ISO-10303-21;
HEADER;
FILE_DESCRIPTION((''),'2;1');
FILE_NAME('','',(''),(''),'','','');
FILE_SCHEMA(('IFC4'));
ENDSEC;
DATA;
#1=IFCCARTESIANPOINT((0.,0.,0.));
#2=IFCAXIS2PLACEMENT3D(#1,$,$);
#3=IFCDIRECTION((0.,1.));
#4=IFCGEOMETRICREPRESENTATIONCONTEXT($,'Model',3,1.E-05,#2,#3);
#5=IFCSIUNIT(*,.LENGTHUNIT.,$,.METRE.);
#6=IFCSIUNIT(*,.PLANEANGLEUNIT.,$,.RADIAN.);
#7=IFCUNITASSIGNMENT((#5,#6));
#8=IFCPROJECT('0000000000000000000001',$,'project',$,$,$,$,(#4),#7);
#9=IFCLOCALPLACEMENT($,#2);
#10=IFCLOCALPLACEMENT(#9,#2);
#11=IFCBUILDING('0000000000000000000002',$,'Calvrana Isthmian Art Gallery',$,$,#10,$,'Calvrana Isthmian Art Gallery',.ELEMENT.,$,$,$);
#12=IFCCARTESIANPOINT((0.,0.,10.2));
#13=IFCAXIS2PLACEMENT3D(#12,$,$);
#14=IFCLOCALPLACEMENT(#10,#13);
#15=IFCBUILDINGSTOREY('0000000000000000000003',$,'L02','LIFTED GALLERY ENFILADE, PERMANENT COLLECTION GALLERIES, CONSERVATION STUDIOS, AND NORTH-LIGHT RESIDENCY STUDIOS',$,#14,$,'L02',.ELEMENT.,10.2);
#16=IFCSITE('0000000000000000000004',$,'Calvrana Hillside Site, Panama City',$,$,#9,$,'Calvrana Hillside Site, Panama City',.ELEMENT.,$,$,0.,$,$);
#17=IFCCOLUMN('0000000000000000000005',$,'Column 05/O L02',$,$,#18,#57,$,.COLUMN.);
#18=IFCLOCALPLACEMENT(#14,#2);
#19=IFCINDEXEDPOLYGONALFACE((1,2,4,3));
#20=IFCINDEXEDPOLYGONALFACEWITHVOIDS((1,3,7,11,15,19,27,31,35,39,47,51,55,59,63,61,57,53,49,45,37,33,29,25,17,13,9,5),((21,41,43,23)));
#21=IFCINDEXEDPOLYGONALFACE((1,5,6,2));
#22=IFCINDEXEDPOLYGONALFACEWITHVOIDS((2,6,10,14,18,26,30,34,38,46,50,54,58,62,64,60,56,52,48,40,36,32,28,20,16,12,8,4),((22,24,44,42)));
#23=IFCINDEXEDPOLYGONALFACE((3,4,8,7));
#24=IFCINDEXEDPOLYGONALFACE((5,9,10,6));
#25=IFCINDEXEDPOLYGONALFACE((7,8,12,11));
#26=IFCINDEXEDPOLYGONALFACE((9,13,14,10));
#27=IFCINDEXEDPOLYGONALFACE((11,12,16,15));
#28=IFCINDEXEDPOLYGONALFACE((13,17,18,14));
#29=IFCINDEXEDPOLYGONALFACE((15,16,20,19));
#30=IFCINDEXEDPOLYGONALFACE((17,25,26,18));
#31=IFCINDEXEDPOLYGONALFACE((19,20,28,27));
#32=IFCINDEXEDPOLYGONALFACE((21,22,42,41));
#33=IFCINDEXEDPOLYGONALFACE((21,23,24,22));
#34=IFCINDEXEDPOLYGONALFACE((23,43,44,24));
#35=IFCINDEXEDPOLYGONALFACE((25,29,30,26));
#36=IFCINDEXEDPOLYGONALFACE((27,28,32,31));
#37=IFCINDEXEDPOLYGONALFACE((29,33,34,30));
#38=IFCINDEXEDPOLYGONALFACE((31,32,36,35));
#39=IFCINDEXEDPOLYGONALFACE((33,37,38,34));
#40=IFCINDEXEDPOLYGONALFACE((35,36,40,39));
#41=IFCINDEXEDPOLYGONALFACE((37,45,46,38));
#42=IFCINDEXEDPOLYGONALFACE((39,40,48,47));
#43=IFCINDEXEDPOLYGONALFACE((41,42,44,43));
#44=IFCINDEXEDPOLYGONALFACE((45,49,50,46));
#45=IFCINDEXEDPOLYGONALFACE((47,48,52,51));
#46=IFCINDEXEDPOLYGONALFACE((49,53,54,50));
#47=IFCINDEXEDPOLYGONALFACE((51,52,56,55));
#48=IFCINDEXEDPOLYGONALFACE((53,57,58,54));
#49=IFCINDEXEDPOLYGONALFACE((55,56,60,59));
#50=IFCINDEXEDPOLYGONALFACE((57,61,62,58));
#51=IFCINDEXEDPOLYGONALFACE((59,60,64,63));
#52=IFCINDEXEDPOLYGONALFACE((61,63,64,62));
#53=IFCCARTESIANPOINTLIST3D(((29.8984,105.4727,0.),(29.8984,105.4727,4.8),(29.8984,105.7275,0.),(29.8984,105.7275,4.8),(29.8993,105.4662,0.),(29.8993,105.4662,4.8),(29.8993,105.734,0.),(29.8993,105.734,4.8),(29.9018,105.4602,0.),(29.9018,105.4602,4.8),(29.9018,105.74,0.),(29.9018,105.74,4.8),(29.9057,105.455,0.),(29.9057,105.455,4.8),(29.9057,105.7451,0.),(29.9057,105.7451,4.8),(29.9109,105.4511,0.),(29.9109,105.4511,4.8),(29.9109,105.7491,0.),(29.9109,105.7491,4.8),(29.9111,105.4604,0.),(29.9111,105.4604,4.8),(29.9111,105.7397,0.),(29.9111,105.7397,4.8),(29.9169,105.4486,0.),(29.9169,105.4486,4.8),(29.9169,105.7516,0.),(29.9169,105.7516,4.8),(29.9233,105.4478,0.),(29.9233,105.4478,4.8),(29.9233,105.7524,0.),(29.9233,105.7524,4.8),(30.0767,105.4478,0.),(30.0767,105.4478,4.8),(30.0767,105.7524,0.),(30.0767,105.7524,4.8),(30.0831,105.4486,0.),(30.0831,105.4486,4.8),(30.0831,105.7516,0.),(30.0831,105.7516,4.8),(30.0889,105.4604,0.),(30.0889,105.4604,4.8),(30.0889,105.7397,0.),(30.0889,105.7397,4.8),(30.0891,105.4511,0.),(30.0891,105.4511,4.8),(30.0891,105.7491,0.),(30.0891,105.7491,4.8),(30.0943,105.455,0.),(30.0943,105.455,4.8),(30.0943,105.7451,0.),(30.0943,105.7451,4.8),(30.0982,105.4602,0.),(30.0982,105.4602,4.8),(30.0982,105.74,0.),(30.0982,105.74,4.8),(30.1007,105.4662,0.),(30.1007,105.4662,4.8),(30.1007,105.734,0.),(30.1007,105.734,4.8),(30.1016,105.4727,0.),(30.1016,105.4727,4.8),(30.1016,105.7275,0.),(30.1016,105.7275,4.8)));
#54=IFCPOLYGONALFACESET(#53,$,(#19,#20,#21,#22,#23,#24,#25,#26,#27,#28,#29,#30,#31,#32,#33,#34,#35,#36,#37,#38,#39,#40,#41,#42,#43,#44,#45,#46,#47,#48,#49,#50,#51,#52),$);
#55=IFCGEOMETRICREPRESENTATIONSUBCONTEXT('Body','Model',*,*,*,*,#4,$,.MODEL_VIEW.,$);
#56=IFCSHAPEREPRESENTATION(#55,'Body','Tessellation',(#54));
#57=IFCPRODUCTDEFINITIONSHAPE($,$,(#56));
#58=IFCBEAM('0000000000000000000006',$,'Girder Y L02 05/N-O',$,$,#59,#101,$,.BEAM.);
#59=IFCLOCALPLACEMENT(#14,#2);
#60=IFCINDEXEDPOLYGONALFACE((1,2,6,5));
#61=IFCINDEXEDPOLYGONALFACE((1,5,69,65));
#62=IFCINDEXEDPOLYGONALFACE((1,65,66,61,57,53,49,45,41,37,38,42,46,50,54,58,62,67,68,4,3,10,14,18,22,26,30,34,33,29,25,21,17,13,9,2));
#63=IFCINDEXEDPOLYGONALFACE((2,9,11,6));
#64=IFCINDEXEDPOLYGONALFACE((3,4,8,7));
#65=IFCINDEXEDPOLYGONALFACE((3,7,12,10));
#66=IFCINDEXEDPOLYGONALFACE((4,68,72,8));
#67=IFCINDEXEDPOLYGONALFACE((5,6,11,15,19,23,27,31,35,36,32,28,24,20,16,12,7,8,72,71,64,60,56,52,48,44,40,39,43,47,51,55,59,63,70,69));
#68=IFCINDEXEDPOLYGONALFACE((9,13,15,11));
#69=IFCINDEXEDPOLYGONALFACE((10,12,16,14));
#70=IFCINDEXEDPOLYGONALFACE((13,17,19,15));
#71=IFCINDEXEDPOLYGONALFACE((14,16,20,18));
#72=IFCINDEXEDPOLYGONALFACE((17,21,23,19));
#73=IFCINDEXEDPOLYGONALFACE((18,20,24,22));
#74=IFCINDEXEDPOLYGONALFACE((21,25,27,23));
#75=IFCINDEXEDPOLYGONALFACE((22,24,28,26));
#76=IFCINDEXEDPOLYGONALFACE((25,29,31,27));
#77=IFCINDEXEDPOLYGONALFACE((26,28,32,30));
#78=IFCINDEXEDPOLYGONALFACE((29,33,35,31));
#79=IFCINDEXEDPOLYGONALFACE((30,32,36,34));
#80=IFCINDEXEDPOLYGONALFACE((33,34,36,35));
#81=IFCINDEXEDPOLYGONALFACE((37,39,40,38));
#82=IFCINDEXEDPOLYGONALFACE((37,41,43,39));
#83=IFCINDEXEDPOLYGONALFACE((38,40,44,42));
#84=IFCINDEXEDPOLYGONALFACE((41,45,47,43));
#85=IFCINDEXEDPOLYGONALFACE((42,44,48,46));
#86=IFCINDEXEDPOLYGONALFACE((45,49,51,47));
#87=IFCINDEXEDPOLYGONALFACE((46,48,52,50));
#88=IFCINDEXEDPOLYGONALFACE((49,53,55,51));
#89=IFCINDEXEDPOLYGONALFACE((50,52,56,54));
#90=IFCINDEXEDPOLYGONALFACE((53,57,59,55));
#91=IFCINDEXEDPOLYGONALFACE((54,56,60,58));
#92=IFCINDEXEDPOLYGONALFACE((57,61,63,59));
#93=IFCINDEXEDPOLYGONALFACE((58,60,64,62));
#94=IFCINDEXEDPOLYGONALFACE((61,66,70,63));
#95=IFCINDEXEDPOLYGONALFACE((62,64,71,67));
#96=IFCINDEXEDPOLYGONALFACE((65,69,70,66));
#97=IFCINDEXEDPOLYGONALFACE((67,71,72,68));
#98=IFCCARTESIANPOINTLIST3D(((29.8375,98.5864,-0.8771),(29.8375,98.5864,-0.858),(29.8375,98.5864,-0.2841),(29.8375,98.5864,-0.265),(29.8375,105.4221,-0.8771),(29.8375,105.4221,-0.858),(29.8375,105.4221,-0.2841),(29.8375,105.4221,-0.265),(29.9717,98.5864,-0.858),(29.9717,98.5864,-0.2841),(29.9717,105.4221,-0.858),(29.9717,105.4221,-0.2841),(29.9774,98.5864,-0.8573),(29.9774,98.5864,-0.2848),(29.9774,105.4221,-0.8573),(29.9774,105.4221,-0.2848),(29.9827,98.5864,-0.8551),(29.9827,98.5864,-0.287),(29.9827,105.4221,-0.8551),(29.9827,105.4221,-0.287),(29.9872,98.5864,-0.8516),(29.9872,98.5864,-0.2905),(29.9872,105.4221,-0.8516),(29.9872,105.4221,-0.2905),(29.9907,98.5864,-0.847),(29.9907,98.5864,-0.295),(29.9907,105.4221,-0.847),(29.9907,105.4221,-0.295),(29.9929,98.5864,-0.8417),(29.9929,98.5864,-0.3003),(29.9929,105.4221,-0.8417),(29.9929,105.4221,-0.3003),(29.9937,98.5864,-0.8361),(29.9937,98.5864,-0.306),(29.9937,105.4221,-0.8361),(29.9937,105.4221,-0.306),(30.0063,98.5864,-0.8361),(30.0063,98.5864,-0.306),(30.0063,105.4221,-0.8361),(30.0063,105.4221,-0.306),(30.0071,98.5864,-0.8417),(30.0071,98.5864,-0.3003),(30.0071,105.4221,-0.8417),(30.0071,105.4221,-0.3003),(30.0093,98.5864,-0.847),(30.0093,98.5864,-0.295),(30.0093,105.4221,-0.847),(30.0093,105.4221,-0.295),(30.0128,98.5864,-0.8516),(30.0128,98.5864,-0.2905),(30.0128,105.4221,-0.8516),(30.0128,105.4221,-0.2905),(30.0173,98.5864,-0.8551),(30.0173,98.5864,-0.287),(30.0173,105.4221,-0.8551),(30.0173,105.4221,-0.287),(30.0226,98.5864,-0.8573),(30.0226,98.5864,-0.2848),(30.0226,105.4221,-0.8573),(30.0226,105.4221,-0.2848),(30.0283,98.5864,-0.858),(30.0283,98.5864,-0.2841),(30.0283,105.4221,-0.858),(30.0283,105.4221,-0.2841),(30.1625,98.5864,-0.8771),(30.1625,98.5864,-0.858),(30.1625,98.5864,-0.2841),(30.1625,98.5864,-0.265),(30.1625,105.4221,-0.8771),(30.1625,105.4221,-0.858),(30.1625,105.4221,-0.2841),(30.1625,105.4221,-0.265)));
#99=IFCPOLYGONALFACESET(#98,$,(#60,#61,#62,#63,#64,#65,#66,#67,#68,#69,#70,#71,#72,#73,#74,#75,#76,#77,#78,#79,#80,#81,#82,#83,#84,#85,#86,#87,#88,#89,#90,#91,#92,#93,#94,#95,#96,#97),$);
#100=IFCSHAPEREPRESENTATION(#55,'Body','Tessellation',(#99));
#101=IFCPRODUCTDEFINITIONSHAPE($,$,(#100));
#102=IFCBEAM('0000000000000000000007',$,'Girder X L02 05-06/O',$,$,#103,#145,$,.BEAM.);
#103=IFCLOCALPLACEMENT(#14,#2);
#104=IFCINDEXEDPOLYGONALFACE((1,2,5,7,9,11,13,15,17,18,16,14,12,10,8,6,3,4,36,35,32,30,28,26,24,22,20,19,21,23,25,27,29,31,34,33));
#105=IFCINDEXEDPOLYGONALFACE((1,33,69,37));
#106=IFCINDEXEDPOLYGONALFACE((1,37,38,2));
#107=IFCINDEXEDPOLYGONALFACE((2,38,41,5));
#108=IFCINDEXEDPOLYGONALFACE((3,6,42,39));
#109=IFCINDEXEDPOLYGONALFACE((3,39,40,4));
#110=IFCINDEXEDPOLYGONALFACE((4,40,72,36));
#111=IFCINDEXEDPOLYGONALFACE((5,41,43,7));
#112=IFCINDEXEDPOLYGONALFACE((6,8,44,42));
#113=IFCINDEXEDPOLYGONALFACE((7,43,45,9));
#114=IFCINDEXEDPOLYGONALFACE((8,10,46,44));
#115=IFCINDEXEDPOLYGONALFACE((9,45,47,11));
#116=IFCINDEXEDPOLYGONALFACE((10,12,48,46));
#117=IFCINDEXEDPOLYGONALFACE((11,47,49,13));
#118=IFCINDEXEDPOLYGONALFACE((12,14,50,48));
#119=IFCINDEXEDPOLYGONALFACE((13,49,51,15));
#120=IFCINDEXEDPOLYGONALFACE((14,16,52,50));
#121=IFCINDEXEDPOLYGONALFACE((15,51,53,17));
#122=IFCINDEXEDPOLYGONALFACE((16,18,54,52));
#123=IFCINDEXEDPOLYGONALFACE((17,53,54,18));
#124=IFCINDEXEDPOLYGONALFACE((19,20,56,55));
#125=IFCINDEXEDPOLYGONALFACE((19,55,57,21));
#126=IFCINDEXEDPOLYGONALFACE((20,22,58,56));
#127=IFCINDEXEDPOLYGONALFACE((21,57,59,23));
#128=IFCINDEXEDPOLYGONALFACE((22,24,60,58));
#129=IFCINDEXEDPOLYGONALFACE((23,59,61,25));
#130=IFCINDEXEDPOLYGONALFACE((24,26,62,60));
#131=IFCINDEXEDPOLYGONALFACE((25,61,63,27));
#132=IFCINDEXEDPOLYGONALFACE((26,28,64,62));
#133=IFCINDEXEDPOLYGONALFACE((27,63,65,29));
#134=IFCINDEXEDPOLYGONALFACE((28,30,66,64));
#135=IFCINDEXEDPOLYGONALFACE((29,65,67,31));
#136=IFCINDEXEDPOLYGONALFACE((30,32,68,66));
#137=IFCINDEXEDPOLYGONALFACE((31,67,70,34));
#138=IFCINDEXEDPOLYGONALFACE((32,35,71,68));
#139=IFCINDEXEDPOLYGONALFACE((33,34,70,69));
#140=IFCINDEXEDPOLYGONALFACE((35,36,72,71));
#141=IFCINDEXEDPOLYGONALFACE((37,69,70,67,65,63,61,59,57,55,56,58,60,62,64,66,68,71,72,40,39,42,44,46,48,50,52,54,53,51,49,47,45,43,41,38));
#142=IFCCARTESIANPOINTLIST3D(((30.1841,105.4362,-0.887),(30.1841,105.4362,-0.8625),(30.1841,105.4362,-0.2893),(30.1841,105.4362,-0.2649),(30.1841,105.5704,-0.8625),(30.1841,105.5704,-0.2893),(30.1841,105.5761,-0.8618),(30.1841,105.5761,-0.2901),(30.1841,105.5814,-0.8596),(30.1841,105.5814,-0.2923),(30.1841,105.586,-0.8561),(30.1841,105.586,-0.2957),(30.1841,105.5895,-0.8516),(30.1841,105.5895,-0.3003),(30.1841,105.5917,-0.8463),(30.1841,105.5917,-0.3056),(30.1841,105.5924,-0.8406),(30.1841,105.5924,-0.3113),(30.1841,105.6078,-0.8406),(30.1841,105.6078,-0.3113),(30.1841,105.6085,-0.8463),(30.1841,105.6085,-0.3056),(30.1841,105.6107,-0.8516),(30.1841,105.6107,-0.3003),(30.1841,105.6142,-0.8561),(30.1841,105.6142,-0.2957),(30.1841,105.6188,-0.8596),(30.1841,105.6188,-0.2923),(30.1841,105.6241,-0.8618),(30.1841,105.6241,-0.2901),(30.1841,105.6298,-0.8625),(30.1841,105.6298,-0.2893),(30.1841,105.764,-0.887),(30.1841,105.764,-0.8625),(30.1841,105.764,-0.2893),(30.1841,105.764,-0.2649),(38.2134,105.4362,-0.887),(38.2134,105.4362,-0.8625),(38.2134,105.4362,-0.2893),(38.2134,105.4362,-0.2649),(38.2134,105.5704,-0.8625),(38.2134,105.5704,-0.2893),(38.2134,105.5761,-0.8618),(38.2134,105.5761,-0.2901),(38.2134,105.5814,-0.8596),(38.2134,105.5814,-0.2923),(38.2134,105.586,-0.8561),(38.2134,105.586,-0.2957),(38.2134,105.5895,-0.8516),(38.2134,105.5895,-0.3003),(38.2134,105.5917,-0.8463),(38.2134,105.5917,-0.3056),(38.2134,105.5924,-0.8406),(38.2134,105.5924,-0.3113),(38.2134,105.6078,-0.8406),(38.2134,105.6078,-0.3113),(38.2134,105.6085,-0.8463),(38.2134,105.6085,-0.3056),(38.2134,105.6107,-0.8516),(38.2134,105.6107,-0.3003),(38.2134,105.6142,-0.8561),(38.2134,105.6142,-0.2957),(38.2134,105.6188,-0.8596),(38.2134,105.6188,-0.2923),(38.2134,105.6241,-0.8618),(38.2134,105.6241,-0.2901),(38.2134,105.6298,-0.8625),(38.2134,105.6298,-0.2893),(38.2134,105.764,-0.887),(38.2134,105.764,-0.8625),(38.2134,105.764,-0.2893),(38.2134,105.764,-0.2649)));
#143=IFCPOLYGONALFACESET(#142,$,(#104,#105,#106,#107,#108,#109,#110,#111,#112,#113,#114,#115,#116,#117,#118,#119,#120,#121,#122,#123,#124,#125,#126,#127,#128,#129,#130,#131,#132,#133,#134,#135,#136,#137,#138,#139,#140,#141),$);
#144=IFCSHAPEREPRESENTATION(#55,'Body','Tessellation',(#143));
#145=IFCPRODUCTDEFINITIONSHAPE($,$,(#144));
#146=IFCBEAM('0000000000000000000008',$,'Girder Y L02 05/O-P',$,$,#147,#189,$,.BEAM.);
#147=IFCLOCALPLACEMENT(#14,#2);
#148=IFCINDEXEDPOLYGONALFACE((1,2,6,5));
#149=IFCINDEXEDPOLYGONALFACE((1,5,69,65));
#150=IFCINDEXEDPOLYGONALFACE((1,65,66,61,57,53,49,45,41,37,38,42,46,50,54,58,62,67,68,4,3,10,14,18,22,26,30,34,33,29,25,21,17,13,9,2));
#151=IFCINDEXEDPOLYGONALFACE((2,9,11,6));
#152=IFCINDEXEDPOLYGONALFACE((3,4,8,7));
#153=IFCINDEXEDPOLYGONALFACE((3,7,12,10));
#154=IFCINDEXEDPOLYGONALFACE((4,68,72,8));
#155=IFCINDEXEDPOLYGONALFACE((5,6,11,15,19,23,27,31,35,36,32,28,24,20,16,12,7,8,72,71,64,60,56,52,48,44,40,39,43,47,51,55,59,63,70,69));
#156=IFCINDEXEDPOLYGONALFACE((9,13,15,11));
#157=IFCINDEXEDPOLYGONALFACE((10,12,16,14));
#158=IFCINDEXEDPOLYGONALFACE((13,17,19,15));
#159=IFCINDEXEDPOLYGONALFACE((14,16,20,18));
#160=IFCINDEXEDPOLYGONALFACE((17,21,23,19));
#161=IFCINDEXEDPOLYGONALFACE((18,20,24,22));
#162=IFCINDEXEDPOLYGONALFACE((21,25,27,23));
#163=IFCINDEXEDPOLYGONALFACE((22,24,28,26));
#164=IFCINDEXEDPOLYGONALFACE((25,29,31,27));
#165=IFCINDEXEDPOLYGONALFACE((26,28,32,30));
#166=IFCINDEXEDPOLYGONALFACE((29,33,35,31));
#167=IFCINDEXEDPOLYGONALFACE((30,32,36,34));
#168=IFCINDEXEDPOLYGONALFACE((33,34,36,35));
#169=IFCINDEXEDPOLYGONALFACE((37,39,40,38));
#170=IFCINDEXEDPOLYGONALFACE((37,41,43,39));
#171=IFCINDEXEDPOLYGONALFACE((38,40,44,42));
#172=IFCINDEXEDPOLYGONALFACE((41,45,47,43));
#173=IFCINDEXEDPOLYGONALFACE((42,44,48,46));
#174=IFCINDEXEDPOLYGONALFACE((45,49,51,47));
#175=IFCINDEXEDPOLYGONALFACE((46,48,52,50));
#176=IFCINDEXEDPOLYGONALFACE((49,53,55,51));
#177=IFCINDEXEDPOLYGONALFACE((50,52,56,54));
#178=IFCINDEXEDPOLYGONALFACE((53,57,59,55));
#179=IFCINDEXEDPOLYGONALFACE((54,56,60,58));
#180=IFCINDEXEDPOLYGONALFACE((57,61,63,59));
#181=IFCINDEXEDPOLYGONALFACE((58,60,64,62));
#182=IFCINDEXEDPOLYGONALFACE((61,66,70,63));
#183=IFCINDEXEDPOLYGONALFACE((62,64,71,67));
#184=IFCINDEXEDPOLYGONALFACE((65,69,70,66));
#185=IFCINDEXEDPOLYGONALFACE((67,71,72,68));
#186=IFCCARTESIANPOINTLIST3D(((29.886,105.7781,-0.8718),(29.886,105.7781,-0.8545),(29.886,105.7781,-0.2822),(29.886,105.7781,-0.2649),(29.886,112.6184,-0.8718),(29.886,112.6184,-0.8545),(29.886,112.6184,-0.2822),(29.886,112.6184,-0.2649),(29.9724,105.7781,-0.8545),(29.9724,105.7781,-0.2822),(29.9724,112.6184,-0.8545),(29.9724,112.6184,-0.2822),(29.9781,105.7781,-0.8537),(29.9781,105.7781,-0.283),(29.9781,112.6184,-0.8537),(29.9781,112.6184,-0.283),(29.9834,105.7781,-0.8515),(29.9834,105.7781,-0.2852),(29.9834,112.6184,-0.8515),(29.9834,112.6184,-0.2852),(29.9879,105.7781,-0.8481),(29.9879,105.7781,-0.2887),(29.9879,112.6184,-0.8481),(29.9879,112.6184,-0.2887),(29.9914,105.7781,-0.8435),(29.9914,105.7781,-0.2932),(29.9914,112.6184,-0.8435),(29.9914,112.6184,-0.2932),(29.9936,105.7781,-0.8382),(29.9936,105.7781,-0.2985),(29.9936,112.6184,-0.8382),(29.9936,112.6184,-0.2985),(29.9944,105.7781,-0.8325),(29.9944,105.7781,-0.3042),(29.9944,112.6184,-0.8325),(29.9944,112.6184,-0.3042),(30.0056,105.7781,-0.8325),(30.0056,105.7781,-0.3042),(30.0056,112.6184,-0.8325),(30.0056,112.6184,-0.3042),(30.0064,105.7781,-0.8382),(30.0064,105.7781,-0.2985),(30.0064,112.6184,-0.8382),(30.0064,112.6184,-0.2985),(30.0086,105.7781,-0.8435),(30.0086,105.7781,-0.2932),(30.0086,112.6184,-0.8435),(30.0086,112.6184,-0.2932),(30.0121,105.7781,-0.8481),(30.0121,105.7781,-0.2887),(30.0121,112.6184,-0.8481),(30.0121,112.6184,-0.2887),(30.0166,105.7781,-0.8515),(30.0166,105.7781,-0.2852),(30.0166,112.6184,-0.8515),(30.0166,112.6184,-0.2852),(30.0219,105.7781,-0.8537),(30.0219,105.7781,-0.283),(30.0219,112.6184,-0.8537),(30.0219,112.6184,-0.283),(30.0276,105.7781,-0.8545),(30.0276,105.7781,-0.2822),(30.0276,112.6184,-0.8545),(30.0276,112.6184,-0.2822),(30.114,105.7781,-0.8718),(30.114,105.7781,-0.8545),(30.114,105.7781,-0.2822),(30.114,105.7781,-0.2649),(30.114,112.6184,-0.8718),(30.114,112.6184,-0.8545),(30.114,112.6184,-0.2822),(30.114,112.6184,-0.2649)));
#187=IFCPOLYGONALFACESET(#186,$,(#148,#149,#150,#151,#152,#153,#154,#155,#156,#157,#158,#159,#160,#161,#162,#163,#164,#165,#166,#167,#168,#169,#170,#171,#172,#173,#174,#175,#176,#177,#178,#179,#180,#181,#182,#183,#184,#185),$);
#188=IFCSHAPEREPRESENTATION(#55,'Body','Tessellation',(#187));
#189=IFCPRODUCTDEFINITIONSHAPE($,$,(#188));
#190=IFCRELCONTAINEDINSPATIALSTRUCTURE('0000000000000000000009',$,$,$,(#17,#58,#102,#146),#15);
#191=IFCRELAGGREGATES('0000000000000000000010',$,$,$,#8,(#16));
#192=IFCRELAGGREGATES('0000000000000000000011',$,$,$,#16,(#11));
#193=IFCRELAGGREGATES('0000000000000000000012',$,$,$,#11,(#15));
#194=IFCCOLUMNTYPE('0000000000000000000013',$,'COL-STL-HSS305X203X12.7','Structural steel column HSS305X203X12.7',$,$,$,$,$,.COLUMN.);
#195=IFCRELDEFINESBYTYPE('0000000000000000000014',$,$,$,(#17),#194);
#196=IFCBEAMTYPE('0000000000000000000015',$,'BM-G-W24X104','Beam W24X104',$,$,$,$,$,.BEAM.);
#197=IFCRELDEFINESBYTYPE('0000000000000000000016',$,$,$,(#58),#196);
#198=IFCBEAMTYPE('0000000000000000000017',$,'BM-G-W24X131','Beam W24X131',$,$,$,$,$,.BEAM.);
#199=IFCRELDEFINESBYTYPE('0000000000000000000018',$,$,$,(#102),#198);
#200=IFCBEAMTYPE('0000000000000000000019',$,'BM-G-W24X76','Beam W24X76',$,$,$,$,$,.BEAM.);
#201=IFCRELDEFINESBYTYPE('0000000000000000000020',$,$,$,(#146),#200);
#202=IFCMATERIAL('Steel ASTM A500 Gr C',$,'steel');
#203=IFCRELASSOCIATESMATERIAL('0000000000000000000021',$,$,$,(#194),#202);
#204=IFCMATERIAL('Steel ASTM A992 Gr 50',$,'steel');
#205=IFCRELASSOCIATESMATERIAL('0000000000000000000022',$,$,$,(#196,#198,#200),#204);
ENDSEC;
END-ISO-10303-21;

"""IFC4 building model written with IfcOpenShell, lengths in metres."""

from ifc_helpers import new_model, si_unit, direction, frame, origin, origin_2d, place, context, subcontext, project, spatial, hollow_rectangle, i_section, extrude, material, material_profile, profile_set, type_object, element, save


model = new_model("IFC4")

# Units and contexts
model_context = context("Model", 3, precision=1e-05, world=origin(), true_north=direction((0.0, 1.0)))
body_context = subcontext(model_context, "Body", "Model", "MODEL_VIEW")
ifc_project = project(units=[si_unit("LENGTHUNIT", "METRE"), si_unit("PLANEANGLEUNIT", "RADIAN")], contexts=[model_context])

# Site, building, storey
site_placement = place(None, origin())
site = spatial("IfcSite", under=ifc_project, at=site_placement, Name="Calvrana Hillside Site, Panama City", LongName="Calvrana Hillside Site, Panama City", CompositionType="ELEMENT", RefElevation=0.0)
building_placement = place(site_placement, origin())
building = spatial("IfcBuilding", under=site, at=building_placement, Name="Calvrana Isthmian Art Gallery", LongName="Calvrana Isthmian Art Gallery", CompositionType="ELEMENT")
storey_placement = place(building_placement, frame((0.0, 0.0, 10.2)))
storey = spatial("IfcBuildingStorey", under=building, at=storey_placement, Name="L02", Description="LIFTED GALLERY ENFILADE, PERMANENT COLLECTION GALLERIES, CONSERVATION STUDIOS, AND NORTH-LIGHT RESIDENCY STUDIOS", LongName="L02", CompositionType="ELEMENT", Elevation=10.2)

# Column
ifc_material_1 = material(Name="Steel ASTM A500 Gr C", Category="steel")
ifc_material_profile_1 = material_profile(ifc_material_1, hollow_rectangle(XDim=0.2031, YDim=0.3047, WallThickness=0.0127, OuterFilletRadius=0.0249, at=origin_2d()), Name="HSS305X203X12.7")
ifc_profile_set_1 = profile_set([ifc_material_profile_1], Name="Steel ASTM A500 Gr C")
column_type = type_object("IfcColumnType", Name="COL-STL-HSS305X203X12.7", Description="Structural steel column HSS305X203X12.7", PredefinedType="COLUMN", material=ifc_profile_set_1)
column_placement = place(storey_placement, frame((30.0, 105.6001, 0.0), z_axis=(0.0, 0.0, 1.0), x_axis=(1.0, 0.0, 0.0)))
element("IfcColumn", 1, at=column_placement, inside=storey, type_object=column_type, Name="Column 05/O L02", PredefinedType="COLUMN", context=body_context, shape_type="SweptSolid", body=[
    extrude(hollow_rectangle(XDim=0.2031, YDim=0.3047, WallThickness=0.0127, OuterFilletRadius=0.0249, at=origin_2d()), origin(), (0.0, 0.0, 1.0), 4.8),
])

# Beams
ifc_material_2 = material(Name="Steel ASTM A992 Gr 50", Category="steel")
ifc_material_profile_2 = material_profile(ifc_material_2, i_section(OverallWidth=0.325, OverallDepth=0.6121, WebThickness=0.0127, FlangeThickness=0.019, FilletRadius=0.022, at=origin_2d()), Name="W24X104")
ifc_profile_set_2 = profile_set([ifc_material_profile_2], Name="Steel ASTM A992 Gr 50")
beam_type_1 = type_object("IfcBeamType", Name="BM-G-W24X104", Description="Beam W24X104", PredefinedType="BEAM", material=ifc_profile_set_2)
beam_1_placement = place(storey_placement, frame((30.0, 98.5864, -0.571), z_axis=(0.0, 1.0, 0.0), x_axis=(-1.0, 0.0, 0.0)))
element("IfcBeam", 2, at=beam_1_placement, inside=storey, type_object=beam_type_1, Name="Girder Y L02 05/N-O", PredefinedType="BEAM", context=body_context, shape_type="SweptSolid", body=[
    extrude(i_section(OverallWidth=0.325, OverallDepth=0.6121, WebThickness=0.0127, FlangeThickness=0.019, FilletRadius=0.022, at=origin_2d()), origin(), (0.0, 0.0, 1.0), 6.8357),
])
ifc_material_profile_3 = material_profile(ifc_material_2, i_section(OverallWidth=0.3279, OverallDepth=0.6221, WebThickness=0.0154, FlangeThickness=0.0244, FilletRadius=0.022, at=origin_2d()), Name="W24X131")
ifc_profile_set_3 = profile_set([ifc_material_profile_3], Name="Steel ASTM A992 Gr 50")
beam_type_2 = type_object("IfcBeamType", Name="BM-G-W24X131", Description="Beam W24X131", PredefinedType="BEAM", material=ifc_profile_set_3)
beam_2_placement = place(storey_placement, frame((30.1841, 105.6001, -0.5759), z_axis=(1.0, 0.0, 0.0), x_axis=(0.0, 1.0, 0.0)))
element("IfcBeam", 3, at=beam_2_placement, inside=storey, type_object=beam_type_2, Name="Girder X L02 05-06/O", PredefinedType="BEAM", context=body_context, shape_type="SweptSolid", body=[
    extrude(i_section(OverallWidth=0.3279, OverallDepth=0.6221, WebThickness=0.0154, FlangeThickness=0.0244, FilletRadius=0.022, at=origin_2d()), origin(), (0.0, 0.0, 1.0), 8.0293),
])
ifc_material_profile_4 = material_profile(ifc_material_2, i_section(OverallWidth=0.228, OverallDepth=0.6069, WebThickness=0.0112, FlangeThickness=0.0173, FilletRadius=0.022, at=origin_2d()), Name="W24X76")
ifc_profile_set_4 = profile_set([ifc_material_profile_4], Name="Steel ASTM A992 Gr 50")
beam_type_3 = type_object("IfcBeamType", Name="BM-G-W24X76", Description="Beam W24X76", PredefinedType="BEAM", material=ifc_profile_set_4)
beam_3_placement = place(storey_placement, frame((30.0, 105.7781, -0.5684), z_axis=(0.0, 1.0, 0.0), x_axis=(-1.0, 0.0, 0.0)))
element("IfcBeam", 4, at=beam_3_placement, inside=storey, type_object=beam_type_3, Name="Girder Y L02 05/O-P", PredefinedType="BEAM", context=body_context, shape_type="SweptSolid", body=[
    extrude(i_section(OverallWidth=0.228, OverallDepth=0.6069, WebThickness=0.0112, FlangeThickness=0.0173, FilletRadius=0.022, at=origin_2d()), origin(), (0.0, 0.0, 1.0), 6.8403),
])

save(model, "model.ifc")
